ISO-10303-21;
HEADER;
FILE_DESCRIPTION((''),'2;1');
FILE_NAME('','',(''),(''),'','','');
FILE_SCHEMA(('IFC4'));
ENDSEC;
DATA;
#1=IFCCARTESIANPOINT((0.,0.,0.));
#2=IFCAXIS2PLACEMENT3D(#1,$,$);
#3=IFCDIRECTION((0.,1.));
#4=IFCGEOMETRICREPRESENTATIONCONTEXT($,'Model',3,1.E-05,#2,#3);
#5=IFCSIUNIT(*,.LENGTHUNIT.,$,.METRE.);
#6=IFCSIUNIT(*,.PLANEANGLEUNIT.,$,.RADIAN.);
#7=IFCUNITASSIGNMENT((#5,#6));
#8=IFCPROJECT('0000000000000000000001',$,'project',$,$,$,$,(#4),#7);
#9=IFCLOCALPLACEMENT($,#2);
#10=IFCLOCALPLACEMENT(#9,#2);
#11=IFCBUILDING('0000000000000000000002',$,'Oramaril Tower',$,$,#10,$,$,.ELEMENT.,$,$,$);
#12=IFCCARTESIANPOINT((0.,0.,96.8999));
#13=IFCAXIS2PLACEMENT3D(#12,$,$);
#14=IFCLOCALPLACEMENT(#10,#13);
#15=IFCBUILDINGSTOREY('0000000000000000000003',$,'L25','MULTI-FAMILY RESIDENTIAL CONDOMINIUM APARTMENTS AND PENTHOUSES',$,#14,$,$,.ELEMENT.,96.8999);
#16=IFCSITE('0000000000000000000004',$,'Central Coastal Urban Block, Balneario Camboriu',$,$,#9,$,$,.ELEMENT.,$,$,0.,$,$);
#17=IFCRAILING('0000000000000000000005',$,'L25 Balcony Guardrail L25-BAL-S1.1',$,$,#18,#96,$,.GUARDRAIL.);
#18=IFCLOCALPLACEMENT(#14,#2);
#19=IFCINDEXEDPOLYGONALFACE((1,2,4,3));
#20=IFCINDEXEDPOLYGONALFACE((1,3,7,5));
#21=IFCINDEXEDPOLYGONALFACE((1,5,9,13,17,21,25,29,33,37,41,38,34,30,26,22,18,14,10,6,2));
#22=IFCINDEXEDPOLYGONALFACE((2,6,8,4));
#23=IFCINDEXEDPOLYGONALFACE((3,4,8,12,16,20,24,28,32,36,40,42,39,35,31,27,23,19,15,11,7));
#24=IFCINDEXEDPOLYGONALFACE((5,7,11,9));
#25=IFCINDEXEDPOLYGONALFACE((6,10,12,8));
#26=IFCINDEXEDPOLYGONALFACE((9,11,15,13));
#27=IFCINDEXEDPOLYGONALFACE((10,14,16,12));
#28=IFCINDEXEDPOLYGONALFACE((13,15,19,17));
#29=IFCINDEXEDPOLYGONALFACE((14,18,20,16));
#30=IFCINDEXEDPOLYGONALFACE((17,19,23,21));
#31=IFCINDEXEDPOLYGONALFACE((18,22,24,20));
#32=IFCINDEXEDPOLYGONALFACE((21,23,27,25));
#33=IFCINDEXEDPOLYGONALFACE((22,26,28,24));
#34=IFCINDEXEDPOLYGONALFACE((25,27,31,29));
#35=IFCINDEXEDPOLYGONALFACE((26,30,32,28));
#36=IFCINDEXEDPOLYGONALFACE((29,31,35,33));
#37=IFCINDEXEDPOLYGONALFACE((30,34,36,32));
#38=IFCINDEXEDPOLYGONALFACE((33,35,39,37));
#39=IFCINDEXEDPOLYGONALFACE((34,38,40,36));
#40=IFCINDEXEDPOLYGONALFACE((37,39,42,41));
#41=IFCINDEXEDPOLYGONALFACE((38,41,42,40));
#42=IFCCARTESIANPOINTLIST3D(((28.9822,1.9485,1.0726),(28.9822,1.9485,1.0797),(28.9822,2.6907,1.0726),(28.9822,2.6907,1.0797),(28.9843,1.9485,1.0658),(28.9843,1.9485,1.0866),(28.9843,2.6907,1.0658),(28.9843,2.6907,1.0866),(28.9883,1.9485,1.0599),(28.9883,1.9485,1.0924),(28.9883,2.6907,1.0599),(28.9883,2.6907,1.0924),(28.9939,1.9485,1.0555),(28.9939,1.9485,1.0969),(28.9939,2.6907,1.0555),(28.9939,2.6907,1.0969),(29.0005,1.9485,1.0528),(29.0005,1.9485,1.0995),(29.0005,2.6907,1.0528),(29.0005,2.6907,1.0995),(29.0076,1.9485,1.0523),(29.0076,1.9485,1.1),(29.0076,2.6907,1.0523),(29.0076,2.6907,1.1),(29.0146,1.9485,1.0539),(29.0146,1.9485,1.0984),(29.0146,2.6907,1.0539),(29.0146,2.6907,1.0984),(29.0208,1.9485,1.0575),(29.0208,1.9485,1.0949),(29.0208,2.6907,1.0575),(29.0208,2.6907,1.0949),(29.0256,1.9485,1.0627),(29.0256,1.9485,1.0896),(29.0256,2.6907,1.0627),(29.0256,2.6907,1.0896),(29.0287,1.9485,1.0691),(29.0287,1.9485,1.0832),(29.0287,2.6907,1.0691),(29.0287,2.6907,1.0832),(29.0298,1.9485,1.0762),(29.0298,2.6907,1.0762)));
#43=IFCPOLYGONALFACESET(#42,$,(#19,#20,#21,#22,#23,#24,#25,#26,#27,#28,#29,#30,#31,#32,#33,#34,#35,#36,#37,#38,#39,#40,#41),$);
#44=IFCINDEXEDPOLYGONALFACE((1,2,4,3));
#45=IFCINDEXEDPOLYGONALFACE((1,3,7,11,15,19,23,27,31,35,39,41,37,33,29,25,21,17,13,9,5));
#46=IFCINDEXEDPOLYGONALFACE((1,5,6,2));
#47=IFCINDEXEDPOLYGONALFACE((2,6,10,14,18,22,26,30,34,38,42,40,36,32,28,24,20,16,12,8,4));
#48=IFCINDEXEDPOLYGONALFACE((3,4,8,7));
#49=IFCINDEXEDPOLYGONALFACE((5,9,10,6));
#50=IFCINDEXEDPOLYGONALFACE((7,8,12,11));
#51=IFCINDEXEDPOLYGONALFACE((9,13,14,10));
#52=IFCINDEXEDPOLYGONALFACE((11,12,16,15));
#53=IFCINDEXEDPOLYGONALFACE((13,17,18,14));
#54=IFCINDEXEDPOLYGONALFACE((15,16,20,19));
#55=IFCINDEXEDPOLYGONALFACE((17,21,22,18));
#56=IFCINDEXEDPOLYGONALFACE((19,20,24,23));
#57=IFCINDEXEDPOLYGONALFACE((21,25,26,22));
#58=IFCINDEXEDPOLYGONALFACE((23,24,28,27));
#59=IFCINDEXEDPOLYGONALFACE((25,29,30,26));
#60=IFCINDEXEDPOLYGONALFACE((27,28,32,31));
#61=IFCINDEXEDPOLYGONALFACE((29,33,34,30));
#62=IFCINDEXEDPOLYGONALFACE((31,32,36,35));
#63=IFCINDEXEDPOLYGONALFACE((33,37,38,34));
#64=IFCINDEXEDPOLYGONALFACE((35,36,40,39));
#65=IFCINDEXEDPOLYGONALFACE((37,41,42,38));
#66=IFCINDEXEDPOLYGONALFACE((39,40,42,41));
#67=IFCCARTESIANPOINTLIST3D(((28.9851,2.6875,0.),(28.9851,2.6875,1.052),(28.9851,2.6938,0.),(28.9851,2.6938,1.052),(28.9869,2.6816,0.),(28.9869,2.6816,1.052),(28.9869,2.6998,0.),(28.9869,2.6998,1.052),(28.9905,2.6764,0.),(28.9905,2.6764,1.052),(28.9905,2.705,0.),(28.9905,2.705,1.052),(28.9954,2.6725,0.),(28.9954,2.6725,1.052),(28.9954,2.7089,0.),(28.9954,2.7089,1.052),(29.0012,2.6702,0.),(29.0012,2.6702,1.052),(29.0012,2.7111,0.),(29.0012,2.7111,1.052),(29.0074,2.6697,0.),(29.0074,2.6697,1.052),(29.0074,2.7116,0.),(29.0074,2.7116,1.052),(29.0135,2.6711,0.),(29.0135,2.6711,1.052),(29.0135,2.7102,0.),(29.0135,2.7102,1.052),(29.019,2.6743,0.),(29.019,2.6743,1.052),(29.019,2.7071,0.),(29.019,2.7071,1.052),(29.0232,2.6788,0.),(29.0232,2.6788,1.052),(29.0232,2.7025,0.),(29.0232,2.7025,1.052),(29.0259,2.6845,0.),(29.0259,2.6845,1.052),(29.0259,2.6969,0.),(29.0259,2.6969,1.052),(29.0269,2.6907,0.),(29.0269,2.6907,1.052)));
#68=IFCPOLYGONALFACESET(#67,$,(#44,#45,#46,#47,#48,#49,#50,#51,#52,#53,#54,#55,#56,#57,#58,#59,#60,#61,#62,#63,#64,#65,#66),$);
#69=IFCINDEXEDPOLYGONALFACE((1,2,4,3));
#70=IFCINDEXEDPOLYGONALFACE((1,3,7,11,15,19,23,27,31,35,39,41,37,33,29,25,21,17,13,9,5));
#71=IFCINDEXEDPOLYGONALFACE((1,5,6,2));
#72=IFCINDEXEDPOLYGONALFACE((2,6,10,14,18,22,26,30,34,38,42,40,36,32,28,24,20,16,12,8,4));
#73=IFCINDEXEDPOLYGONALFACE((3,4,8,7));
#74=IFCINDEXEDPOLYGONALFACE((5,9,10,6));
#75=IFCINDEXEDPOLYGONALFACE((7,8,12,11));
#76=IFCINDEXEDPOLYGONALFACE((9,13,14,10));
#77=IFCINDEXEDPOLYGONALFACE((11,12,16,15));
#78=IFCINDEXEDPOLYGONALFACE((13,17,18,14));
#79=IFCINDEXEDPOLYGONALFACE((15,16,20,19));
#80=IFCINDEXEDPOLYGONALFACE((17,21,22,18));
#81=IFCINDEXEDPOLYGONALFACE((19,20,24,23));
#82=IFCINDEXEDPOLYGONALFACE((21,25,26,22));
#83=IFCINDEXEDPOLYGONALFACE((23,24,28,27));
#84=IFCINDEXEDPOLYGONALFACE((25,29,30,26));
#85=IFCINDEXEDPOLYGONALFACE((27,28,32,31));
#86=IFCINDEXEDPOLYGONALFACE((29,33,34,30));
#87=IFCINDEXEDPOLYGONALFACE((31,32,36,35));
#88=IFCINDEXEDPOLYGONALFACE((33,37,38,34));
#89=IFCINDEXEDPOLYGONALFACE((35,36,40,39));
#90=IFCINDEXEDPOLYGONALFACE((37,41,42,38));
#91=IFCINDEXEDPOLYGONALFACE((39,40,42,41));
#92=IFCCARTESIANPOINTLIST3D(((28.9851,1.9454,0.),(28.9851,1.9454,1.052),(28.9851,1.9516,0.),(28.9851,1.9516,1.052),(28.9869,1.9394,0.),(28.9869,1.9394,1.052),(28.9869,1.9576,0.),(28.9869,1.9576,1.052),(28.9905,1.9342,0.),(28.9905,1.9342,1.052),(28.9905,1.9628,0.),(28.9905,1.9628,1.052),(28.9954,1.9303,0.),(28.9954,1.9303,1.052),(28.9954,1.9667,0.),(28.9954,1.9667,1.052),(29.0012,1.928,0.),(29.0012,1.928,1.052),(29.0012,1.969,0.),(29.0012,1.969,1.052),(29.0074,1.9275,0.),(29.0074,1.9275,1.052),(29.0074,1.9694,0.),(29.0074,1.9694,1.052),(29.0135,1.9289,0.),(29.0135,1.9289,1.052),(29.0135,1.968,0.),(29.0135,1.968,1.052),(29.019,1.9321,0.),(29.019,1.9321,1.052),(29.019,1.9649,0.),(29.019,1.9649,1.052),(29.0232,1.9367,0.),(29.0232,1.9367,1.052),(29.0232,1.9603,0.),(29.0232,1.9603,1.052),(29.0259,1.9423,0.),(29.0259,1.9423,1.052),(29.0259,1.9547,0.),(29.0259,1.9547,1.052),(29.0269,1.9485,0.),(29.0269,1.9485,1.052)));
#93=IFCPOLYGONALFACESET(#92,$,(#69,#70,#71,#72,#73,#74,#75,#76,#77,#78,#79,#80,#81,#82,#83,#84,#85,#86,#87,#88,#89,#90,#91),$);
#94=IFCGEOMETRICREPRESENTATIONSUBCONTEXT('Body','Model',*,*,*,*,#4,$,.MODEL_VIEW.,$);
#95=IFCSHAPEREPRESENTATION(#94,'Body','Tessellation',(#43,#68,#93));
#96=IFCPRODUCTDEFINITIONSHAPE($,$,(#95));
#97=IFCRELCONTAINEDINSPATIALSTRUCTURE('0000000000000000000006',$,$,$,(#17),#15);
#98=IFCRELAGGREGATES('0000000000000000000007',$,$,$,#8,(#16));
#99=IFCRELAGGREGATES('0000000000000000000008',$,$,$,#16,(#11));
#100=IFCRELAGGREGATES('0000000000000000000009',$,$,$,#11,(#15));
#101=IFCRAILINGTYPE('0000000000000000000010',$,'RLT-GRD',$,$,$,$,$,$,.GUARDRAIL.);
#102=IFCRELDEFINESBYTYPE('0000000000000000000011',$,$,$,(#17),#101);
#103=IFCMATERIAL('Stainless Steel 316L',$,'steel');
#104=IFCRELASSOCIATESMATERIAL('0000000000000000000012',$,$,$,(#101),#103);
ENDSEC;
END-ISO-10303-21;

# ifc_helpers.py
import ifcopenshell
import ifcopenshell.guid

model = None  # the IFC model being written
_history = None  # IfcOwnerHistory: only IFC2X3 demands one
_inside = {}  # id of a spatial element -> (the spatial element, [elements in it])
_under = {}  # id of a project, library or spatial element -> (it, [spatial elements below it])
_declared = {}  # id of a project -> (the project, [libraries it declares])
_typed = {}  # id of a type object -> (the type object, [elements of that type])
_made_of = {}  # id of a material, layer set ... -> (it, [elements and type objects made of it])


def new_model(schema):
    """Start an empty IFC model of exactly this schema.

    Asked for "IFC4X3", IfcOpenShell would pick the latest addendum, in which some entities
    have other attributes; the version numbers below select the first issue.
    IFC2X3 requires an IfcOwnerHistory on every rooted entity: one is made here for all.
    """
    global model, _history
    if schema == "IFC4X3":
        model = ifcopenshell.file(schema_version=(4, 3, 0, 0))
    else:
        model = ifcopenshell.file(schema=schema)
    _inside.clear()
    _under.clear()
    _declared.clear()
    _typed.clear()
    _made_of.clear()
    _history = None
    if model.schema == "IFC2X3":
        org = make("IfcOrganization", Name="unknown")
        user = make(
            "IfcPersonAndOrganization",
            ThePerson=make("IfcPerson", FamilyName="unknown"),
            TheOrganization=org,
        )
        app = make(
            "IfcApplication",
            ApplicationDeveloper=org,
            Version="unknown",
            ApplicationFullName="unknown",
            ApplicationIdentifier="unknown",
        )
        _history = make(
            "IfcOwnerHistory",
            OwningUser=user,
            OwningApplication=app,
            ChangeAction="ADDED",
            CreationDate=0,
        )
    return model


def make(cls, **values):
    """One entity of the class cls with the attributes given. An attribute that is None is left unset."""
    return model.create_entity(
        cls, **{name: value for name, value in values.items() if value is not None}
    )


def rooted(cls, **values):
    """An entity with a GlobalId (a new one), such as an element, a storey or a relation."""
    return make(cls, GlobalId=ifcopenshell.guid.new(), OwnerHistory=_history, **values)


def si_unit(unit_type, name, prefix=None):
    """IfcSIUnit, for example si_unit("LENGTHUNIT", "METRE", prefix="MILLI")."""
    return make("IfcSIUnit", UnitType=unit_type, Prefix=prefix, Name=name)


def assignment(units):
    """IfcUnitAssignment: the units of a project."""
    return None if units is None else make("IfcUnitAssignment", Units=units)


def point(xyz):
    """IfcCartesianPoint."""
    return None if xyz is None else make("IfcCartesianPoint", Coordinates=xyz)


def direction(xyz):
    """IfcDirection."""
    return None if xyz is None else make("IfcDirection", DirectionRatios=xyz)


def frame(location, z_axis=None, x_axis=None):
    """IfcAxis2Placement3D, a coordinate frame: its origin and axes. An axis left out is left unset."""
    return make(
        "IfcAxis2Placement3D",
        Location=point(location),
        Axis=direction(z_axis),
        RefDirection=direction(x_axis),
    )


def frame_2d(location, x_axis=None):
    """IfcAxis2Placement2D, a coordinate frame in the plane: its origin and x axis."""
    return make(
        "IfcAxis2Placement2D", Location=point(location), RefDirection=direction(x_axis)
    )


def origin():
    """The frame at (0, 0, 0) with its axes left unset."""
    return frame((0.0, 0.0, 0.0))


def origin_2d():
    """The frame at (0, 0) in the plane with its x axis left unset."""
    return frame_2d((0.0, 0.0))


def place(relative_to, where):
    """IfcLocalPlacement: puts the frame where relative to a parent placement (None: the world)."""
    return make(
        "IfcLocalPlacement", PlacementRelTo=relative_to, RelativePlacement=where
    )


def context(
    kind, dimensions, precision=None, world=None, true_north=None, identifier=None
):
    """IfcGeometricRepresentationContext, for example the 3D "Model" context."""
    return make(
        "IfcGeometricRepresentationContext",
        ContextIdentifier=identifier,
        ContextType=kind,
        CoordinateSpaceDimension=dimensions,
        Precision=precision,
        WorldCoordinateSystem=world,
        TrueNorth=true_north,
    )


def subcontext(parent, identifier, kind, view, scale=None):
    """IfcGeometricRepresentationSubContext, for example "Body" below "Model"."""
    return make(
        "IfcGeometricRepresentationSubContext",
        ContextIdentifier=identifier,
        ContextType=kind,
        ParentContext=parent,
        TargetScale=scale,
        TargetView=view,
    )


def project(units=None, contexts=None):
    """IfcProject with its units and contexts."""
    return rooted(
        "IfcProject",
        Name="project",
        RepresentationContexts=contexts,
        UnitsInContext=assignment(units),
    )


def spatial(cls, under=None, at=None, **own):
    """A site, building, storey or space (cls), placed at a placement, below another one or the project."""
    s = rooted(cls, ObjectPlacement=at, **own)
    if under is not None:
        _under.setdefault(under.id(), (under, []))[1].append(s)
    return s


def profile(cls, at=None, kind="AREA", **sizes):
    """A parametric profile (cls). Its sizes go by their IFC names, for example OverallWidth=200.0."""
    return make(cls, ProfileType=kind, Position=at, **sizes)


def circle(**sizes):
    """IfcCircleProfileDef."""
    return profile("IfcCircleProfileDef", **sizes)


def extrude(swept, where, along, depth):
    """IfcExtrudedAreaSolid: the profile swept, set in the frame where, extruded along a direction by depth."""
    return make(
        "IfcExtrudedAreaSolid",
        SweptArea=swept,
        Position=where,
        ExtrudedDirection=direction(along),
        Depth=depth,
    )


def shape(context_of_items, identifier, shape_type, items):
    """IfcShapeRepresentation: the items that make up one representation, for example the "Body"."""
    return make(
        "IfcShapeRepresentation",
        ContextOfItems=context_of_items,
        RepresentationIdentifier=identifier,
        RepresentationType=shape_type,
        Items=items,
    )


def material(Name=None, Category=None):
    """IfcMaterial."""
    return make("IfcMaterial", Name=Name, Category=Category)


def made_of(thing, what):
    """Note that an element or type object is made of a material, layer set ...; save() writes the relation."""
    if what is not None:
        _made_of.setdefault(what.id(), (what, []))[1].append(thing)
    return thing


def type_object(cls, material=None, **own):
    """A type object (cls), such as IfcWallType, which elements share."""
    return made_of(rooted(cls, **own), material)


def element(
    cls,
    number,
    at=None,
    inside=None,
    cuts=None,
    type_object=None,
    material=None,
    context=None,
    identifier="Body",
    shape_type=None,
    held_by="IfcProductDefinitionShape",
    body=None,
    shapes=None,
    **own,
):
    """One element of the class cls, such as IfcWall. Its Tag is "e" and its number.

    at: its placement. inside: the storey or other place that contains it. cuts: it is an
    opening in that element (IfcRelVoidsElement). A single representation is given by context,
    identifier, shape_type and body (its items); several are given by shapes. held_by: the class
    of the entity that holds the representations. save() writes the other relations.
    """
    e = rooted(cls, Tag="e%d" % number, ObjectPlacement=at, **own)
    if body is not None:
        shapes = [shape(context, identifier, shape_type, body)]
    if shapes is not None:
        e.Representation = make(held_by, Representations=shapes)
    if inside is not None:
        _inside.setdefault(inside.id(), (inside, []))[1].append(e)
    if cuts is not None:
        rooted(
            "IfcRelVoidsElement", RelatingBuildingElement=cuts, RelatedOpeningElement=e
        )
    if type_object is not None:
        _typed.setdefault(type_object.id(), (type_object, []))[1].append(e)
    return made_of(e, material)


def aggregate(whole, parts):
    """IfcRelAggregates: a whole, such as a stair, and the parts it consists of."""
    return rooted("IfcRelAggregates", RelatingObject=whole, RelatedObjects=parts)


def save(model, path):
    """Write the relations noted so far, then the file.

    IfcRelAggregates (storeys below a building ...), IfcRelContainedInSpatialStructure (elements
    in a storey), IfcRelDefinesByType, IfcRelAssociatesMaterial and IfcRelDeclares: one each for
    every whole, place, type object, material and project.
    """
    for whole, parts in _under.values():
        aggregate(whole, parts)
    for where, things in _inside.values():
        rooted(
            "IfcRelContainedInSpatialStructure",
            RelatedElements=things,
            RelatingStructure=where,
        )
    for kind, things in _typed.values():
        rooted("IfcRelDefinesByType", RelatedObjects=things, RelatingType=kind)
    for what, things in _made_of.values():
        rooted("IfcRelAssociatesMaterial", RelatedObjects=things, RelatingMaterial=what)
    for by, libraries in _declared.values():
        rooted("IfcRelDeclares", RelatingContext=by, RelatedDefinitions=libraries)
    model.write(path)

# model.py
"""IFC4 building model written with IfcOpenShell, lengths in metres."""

from ifc_helpers import new_model, si_unit, direction, frame, origin, origin_2d, place, context, subcontext, project, spatial, circle, extrude, material, type_object, element, save


model = new_model("IFC4")

# Units and contexts
model_context = context("Model", 3, precision=1e-05, world=origin(), true_north=direction((0.0, 1.0)))
body_context = subcontext(model_context, "Body", "Model", "MODEL_VIEW")
ifc_project = project(units=[si_unit("LENGTHUNIT", "METRE"), si_unit("PLANEANGLEUNIT", "RADIAN")], contexts=[model_context])

# Site, building, storey
site_placement = place(None, origin())
site = spatial("IfcSite", under=ifc_project, at=site_placement, Name="Central Coastal Urban Block, Balneario Camboriu", CompositionType="ELEMENT", RefElevation=0.0)
building_placement = place(site_placement, origin())
building = spatial("IfcBuilding", under=site, at=building_placement, Name="Oramaril Tower", CompositionType="ELEMENT")
storey_placement = place(building_placement, frame((0.0, 0.0, 96.8999)))
storey = spatial("IfcBuildingStorey", under=building, at=storey_placement, Name="L25", Description="MULTI-FAMILY RESIDENTIAL CONDOMINIUM APARTMENTS AND PENTHOUSES", CompositionType="ELEMENT", Elevation=96.8999)

# Railing
ifc_material_1 = material(Name="Stainless Steel 316L", Category="steel")
railing_type = type_object("IfcRailingType", Name="RLT-GRD", PredefinedType="GUARDRAIL", material=ifc_material_1)
railing_1_placement = place(storey_placement, frame((29.0059, 2.6907, 0.0)))
element("IfcRailing", 1, at=railing_1_placement, inside=storey, type_object=railing_type, Name="L25 Balcony Guardrail L25-BAL-S1.1", PredefinedType="GUARDRAIL", context=body_context, shape_type="SweptSolid", body=[
    extrude(circle(Radius=0.0239, at=origin_2d()), frame((0.0, 0.0, 1.0762), z_axis=(0.0, -1.0, 0.0), x_axis=(1.0, 0.0, 0.0)), (0.0, 0.0, 1.0), 0.7422),
    extrude(circle(Radius=0.021, at=origin_2d()), origin(), (0.0, 0.0, 1.0), 1.052),
    extrude(circle(Radius=0.021, at=origin_2d()), frame((0.0, -0.7422, 0.0)), (0.0, 0.0, 1.0), 1.052),
])

save(model, "model.ifc")
